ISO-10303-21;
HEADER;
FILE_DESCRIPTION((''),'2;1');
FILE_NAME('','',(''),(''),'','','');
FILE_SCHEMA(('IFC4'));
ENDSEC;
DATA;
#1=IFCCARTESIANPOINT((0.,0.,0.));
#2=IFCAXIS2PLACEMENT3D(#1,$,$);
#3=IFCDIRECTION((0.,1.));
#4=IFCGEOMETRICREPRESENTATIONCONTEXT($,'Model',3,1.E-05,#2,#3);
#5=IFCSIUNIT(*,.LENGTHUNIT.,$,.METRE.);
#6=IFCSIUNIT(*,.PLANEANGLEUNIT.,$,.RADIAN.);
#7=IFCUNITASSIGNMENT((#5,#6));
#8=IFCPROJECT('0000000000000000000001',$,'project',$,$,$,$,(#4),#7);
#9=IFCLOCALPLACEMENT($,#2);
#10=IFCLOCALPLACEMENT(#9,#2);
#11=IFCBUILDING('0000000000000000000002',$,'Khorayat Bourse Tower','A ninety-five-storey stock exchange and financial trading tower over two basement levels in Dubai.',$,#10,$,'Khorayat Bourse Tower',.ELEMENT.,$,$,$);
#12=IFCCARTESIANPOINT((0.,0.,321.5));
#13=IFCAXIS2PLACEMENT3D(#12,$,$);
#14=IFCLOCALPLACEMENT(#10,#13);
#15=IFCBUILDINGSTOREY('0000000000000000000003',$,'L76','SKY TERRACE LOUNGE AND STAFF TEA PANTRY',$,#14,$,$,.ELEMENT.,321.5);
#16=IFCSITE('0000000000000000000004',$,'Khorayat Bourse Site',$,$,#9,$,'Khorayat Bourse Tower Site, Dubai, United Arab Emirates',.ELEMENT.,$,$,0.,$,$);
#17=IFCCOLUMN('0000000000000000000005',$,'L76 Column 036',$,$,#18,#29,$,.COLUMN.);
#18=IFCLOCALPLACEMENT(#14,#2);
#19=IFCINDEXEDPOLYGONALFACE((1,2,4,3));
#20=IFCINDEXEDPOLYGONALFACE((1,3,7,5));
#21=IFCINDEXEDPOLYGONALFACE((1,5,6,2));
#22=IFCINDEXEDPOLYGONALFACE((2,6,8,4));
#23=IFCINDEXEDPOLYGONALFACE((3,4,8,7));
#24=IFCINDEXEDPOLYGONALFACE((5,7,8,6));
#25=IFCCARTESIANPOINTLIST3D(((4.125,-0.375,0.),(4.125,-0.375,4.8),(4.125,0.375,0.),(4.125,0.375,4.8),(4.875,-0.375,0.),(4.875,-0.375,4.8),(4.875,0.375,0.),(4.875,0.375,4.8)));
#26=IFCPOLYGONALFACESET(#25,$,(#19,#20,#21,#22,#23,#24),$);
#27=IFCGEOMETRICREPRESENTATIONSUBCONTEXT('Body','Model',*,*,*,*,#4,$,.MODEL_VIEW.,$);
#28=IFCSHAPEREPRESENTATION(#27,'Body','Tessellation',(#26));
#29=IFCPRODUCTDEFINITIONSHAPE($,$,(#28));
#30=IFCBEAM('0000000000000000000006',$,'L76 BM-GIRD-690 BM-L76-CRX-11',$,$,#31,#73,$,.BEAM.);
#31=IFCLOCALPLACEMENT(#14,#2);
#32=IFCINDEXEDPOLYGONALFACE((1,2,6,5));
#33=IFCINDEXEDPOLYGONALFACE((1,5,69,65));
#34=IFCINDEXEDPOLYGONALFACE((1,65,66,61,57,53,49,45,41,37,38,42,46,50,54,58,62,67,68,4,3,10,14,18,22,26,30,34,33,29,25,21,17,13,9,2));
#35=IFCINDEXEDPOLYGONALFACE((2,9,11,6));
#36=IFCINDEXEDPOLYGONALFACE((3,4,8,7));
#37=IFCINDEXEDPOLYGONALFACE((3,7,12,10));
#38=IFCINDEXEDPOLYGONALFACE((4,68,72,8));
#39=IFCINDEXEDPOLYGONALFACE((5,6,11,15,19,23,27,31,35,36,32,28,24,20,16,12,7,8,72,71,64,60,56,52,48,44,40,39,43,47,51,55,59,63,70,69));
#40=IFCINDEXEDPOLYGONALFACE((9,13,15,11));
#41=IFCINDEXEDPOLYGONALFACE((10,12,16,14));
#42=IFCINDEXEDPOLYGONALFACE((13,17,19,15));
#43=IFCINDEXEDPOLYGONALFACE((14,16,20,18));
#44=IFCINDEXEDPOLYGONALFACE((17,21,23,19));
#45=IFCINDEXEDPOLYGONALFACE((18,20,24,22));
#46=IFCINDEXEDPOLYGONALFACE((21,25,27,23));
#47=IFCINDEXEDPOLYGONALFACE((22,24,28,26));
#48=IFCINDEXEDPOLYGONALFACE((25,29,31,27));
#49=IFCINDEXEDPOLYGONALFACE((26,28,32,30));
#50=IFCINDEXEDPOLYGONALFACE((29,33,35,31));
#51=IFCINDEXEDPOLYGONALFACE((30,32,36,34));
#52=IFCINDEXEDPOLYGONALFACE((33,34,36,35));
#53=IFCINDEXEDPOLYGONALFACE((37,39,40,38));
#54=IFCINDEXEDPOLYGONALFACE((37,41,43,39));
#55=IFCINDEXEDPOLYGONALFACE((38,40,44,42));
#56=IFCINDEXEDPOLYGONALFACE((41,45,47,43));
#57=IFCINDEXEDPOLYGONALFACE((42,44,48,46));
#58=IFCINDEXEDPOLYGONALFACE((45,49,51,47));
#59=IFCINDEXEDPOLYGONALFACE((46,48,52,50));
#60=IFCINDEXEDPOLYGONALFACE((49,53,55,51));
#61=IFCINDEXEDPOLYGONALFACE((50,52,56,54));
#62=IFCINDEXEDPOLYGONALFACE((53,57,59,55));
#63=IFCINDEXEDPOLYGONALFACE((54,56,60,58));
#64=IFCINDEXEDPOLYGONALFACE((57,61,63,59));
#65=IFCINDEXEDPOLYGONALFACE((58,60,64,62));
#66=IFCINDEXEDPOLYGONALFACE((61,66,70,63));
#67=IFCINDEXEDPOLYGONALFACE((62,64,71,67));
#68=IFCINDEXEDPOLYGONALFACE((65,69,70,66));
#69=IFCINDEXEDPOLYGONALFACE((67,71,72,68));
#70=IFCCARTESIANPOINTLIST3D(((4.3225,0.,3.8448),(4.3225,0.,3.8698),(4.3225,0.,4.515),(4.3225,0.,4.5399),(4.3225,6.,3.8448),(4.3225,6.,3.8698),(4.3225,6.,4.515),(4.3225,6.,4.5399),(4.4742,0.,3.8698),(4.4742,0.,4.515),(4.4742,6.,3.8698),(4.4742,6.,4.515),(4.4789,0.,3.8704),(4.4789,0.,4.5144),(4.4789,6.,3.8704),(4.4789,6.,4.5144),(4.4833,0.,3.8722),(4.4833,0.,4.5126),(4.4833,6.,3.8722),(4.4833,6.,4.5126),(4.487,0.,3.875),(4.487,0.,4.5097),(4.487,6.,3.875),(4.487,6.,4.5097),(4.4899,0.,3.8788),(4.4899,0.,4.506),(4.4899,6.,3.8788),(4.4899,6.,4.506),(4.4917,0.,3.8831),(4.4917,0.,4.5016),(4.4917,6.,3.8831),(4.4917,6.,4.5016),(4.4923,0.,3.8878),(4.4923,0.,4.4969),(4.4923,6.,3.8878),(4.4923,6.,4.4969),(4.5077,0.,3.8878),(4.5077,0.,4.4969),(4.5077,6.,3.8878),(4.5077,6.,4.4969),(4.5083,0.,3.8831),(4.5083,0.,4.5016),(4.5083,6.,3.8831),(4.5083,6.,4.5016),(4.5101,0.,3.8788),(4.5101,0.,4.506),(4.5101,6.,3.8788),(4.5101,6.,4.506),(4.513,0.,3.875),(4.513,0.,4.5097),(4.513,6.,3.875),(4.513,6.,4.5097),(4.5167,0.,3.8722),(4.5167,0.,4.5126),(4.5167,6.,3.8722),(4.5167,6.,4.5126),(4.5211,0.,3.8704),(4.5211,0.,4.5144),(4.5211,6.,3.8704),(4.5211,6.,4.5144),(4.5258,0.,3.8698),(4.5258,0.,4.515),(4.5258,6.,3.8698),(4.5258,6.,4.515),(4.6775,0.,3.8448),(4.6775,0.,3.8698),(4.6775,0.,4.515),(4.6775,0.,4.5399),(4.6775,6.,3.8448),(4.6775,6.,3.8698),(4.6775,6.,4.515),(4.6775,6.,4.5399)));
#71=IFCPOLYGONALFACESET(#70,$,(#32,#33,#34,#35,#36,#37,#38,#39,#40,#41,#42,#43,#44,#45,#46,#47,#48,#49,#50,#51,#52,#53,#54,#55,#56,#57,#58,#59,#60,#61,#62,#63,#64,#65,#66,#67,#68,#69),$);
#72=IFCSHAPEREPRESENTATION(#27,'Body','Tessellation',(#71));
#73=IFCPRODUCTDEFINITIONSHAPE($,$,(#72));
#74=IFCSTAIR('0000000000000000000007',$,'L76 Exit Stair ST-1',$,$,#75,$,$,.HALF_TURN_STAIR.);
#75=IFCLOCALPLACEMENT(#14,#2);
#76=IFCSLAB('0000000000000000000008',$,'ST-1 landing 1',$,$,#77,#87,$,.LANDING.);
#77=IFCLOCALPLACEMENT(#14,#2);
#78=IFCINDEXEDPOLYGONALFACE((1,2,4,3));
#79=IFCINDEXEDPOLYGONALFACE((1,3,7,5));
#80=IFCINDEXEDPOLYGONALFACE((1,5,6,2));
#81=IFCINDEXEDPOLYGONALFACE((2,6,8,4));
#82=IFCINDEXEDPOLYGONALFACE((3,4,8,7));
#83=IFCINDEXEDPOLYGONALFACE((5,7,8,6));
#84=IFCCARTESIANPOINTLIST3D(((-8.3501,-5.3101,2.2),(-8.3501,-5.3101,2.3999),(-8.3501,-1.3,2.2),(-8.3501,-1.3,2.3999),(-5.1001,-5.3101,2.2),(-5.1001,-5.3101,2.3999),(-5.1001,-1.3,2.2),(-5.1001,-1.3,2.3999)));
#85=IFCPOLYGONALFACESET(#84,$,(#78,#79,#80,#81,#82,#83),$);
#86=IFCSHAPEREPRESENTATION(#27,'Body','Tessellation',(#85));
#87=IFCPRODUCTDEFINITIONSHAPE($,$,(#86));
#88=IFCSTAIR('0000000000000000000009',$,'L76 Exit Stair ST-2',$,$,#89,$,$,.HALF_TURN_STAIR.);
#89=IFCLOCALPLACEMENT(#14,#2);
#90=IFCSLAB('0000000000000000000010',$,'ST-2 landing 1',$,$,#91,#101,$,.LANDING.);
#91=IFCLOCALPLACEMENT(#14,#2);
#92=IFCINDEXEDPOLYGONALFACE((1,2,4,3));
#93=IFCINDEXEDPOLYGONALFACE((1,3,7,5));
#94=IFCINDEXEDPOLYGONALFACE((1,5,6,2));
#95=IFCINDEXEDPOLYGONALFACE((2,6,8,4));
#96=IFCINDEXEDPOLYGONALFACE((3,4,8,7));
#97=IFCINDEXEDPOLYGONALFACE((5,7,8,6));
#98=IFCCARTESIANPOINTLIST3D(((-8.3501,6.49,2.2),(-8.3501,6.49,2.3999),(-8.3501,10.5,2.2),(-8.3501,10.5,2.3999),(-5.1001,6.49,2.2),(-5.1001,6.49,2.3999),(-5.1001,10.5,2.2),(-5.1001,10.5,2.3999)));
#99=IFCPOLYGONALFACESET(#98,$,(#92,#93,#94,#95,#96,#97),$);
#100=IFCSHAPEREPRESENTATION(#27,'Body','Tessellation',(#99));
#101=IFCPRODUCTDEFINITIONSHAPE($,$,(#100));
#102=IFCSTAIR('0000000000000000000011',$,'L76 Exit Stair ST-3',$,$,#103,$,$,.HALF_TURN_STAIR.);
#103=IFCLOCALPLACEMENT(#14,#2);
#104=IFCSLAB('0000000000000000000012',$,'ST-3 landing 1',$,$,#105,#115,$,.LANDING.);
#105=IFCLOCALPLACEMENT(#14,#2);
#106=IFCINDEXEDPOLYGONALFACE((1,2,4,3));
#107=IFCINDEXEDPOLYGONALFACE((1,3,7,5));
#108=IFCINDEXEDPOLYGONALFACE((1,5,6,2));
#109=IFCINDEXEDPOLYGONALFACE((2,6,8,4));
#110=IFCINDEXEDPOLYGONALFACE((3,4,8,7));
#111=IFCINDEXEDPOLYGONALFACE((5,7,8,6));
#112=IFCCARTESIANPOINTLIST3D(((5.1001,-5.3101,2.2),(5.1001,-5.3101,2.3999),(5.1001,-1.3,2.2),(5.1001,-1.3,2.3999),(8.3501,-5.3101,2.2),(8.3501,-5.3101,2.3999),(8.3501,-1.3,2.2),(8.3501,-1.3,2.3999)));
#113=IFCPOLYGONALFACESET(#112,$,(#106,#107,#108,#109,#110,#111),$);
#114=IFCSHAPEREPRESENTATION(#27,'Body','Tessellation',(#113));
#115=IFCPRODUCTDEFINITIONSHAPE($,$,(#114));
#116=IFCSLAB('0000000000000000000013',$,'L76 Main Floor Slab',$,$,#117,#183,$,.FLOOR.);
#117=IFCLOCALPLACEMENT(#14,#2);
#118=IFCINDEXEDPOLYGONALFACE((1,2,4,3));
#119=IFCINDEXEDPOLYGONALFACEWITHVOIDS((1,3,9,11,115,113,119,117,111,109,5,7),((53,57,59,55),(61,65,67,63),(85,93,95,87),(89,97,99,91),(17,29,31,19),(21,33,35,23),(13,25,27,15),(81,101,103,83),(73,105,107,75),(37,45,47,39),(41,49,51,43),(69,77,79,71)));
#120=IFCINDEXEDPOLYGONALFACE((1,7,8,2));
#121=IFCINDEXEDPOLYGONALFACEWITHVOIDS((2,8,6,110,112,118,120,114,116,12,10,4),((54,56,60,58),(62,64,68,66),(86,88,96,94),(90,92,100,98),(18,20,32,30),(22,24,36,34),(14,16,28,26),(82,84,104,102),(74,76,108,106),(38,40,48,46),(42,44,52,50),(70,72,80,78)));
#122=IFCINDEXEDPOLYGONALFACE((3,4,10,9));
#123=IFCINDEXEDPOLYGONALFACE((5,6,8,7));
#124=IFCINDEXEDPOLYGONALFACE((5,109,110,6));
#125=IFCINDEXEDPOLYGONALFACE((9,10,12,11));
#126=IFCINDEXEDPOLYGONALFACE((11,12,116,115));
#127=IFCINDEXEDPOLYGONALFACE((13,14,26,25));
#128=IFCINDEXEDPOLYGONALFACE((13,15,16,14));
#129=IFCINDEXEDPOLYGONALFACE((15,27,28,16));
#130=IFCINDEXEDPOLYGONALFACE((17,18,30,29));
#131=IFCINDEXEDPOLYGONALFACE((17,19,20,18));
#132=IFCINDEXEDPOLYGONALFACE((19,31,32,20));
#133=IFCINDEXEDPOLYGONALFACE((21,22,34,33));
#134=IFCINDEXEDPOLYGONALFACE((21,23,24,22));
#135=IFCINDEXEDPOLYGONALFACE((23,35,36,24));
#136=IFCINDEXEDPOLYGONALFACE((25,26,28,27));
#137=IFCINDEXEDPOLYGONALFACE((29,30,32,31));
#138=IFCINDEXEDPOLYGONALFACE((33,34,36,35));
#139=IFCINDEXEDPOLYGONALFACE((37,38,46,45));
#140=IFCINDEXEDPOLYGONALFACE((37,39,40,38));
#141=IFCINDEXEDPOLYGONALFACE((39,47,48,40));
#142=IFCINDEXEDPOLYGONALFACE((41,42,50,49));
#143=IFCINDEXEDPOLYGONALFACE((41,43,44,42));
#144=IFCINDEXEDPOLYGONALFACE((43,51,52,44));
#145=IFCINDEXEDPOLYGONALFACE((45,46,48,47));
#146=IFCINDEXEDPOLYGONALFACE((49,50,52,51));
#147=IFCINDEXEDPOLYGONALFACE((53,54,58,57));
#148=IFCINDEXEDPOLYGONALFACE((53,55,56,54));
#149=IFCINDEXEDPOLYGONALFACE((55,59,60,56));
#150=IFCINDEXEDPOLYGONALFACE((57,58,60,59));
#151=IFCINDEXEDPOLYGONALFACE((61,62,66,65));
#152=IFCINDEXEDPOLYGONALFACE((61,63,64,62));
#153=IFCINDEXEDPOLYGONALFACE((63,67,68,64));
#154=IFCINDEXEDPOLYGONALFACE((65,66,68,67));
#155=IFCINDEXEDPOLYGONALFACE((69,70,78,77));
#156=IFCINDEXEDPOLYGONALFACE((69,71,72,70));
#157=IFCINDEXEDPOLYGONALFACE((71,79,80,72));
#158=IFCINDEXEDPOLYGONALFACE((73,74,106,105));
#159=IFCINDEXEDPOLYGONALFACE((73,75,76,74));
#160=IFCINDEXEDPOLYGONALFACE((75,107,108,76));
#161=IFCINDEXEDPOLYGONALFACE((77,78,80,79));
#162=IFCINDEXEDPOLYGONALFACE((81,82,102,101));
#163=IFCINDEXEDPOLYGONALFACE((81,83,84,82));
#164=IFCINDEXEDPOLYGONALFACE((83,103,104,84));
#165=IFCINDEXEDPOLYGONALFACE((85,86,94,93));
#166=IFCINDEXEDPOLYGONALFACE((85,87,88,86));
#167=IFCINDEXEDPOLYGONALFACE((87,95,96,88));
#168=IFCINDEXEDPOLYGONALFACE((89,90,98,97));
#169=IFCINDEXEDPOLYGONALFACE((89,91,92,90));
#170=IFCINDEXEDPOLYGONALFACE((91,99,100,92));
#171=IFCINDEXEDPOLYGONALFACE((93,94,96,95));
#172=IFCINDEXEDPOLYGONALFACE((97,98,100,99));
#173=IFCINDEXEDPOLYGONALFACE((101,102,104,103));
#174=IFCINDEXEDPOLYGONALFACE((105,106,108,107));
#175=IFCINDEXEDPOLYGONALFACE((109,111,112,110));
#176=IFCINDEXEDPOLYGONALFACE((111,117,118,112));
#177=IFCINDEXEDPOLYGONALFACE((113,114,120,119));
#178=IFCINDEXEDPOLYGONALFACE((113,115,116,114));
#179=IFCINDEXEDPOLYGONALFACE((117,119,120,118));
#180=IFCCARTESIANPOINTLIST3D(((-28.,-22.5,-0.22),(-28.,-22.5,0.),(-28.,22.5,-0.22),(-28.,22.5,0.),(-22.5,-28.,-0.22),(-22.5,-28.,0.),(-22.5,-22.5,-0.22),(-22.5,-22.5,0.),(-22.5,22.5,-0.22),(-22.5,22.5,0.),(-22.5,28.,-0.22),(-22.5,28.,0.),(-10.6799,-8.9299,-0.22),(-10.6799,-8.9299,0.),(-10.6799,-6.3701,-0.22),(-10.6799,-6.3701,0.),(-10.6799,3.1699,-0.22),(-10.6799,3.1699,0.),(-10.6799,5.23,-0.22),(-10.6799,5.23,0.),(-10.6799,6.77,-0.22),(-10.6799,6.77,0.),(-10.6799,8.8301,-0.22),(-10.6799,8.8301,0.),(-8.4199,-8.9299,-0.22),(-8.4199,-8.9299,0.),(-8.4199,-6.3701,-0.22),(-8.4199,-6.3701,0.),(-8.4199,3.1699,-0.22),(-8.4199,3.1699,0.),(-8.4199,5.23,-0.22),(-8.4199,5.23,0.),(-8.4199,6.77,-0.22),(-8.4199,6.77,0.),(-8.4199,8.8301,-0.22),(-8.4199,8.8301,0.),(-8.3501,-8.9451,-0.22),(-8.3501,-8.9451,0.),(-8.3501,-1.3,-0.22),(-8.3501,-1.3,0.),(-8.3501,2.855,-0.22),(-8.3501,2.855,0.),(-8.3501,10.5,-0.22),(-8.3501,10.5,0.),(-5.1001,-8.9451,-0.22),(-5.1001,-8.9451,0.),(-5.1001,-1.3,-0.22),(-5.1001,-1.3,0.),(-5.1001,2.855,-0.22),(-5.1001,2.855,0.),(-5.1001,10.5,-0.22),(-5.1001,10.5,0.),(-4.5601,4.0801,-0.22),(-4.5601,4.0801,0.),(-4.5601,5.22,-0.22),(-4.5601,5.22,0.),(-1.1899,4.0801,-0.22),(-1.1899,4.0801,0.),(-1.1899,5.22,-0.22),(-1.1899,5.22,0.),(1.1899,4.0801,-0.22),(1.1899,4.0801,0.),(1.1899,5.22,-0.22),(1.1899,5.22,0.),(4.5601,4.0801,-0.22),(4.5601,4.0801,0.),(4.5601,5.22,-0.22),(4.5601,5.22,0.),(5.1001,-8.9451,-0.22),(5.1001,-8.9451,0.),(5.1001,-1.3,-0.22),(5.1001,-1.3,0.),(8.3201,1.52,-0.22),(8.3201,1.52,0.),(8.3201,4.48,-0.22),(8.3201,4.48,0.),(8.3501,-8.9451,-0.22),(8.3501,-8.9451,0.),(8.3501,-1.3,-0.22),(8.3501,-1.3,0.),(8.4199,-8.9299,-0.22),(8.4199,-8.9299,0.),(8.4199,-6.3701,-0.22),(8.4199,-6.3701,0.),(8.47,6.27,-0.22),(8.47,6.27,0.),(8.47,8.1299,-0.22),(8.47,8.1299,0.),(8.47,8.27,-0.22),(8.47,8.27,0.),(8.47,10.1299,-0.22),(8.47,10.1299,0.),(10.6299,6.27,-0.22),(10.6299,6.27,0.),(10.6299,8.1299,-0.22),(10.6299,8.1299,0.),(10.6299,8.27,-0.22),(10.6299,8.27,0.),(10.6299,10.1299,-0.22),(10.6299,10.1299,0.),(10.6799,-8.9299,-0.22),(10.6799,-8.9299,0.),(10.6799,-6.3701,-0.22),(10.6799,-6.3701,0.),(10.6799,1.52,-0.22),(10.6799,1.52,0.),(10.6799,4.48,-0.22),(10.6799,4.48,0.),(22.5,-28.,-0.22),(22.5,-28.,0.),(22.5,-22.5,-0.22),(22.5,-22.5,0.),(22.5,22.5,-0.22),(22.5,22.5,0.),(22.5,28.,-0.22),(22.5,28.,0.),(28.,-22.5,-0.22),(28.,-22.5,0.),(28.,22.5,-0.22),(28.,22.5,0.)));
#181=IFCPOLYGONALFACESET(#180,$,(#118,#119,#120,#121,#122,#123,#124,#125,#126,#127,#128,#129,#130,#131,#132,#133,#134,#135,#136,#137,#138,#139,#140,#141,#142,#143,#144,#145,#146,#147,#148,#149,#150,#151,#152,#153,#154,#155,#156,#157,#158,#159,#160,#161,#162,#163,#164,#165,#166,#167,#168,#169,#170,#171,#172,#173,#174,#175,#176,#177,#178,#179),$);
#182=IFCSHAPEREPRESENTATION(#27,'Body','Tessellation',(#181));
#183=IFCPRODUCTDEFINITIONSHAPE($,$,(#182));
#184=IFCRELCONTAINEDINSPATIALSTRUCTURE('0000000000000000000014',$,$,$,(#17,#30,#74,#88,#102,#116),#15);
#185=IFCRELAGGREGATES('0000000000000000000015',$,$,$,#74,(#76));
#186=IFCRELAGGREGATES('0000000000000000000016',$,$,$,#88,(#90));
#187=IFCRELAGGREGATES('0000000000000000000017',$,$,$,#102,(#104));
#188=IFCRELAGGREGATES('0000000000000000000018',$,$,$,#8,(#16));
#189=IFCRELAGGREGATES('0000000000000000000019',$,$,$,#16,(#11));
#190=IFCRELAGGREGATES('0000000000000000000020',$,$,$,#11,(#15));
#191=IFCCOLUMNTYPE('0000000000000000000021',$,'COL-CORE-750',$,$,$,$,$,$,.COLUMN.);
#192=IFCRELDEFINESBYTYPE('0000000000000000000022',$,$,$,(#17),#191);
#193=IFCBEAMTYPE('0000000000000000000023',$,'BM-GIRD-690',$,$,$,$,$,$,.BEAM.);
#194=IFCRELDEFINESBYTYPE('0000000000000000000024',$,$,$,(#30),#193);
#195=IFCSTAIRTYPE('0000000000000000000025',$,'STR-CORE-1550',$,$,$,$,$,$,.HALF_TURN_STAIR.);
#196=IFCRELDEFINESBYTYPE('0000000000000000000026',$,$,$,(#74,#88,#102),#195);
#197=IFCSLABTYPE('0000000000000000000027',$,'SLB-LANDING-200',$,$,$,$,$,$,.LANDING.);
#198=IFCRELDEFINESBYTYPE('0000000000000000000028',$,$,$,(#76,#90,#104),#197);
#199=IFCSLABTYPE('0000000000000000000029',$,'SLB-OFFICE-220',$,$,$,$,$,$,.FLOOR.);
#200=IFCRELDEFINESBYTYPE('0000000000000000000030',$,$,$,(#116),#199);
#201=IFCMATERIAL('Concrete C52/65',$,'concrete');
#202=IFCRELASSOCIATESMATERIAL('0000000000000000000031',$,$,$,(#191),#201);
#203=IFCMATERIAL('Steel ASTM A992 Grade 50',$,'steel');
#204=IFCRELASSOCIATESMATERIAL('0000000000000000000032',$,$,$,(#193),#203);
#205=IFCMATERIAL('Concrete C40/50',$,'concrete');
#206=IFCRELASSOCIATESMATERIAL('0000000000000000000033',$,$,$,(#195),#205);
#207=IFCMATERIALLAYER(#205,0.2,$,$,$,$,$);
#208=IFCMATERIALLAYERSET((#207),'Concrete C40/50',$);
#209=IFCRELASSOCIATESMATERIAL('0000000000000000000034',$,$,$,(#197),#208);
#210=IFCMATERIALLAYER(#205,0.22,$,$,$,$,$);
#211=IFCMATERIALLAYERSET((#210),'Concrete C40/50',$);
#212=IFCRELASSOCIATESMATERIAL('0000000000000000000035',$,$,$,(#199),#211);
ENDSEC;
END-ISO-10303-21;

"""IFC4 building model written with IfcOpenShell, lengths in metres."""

from ifc_helpers import new_model, si_unit, direction, frame, origin, origin_2d, place, context, subcontext, project, spatial, polyline, rectangle, i_section, outline, extrude, source, transform, mapped, material, layer, layer_set, material_profile, profile_set, type_object, element, aggregate, save


model = new_model("IFC4")

# Units and contexts
model_context = context("Model", 3, precision=1e-05, world=origin(), true_north=direction((0.0, 1.0)))
body_context = subcontext(model_context, "Body", "Model", "MODEL_VIEW")
ifc_project = project(units=[si_unit("LENGTHUNIT", "METRE"), si_unit("PLANEANGLEUNIT", "RADIAN")], contexts=[model_context])

# Site, building, storey
site_placement = place(None, origin())
site = spatial("IfcSite", under=ifc_project, at=site_placement, Name="Khorayat Bourse Site", LongName="Khorayat Bourse Tower Site, Dubai, United Arab Emirates", CompositionType="ELEMENT", RefElevation=0.0)
building_placement = place(site_placement, origin())
building = spatial("IfcBuilding", under=site, at=building_placement, Name="Khorayat Bourse Tower", Description="A ninety-five-storey stock exchange and financial trading tower over two basement levels in Dubai.", LongName="Khorayat Bourse Tower", CompositionType="ELEMENT")
storey_placement = place(building_placement, frame((0.0, 0.0, 321.5)))
storey = spatial("IfcBuildingStorey", under=building, at=storey_placement, Name="L76", Description="SKY TERRACE LOUNGE AND STAFF TEA PANTRY", CompositionType="ELEMENT", Elevation=321.5)

# Column
ifc_material_1 = material(Name="Concrete C52/65", Category="concrete")
ifc_material_profile_1 = material_profile(ifc_material_1, rectangle(XDim=0.75, YDim=0.75, at=origin_2d()), Name="RC 750x750")
ifc_profile_set_1 = profile_set([ifc_material_profile_1], Name="Concrete C52/65")
column_type = type_object("IfcColumnType", Name="COL-CORE-750", PredefinedType="COLUMN", material=ifc_profile_set_1)
shared_shape_1 = source(origin(), body_context, "Body", "SweptSolid", [
    extrude(rectangle(XDim=0.75, YDim=0.75, at=origin_2d()), origin(), (0.0, 0.0, 1.0), 4.8),
])
column_placement = place(storey_placement, frame((4.5, 0.0, 0.0), z_axis=(0.0, 0.0, 1.0), x_axis=(1.0, 0.0, 0.0)))
element("IfcColumn", 1, at=column_placement, inside=storey, type_object=column_type, Name="L76 Column 036", PredefinedType="COLUMN", context=body_context, shape_type="MappedRepresentation", body=[
    mapped(shared_shape_1, transform((0.0, 0.0, 0.0), scale=1.0)),
])

# Beam
ifc_material_2 = material(Name="Steel ASTM A992 Grade 50", Category="steel")
ifc_material_profile_2 = material_profile(ifc_material_2, i_section(OverallWidth=0.355, OverallDepth=0.6951, WebThickness=0.0154, FlangeThickness=0.0249, FilletRadius=0.0181, at=origin_2d()), Name="W690X217")
ifc_profile_set_2 = profile_set([ifc_material_profile_2], Name="Steel ASTM A992 Grade 50")
beam_type = type_object("IfcBeamType", Name="BM-GIRD-690", PredefinedType="BEAM", material=ifc_profile_set_2)
shared_shape_2 = source(origin(), body_context, "Body", "SweptSolid", [
    extrude(i_section(OverallWidth=0.355, OverallDepth=0.6951, WebThickness=0.0154, FlangeThickness=0.0249, FilletRadius=0.0181, at=origin_2d()), origin(), (0.0, 0.0, 1.0), 6.0),
])
beam_placement = place(storey_placement, frame((4.5, 0.0, 4.1924), z_axis=(0.0, 1.0, 0.0), x_axis=(-1.0, 0.0, 0.0)))
element("IfcBeam", 2, at=beam_placement, inside=storey, type_object=beam_type, Name="L76 BM-GIRD-690 BM-L76-CRX-11", PredefinedType="BEAM", context=body_context, shape_type="MappedRepresentation", body=[
    mapped(shared_shape_2, transform((0.0, 0.0, 0.0), scale=1.0)),
])

# Stairs, slabs
ifc_material_3 = material(Name="Concrete C40/50", Category="concrete")
stair_type = type_object("IfcStairType", Name="STR-CORE-1550", PredefinedType="HALF_TURN_STAIR", material=ifc_material_3)
stair_1_placement = place(storey_placement, origin())
stair_1 = element("IfcStair", 3, at=stair_1_placement, inside=storey, type_object=stair_type, Name="L76 Exit Stair ST-1", PredefinedType="HALF_TURN_STAIR")
ifc_layer_1 = layer(ifc_material_3, 0.2)
ifc_layer_set_1 = layer_set([ifc_layer_1], Name="Concrete C40/50")
slab_type_1 = type_object("IfcSlabType", Name="SLB-LANDING-200", PredefinedType="LANDING", material=ifc_layer_set_1)
slab_1_placement = place(storey_placement, frame((0.0, 0.0, 2.2)))
slab_1 = element("IfcSlab", 4, at=slab_1_placement, type_object=slab_type_1, Name="ST-1 landing 1", PredefinedType="LANDING", context=body_context, shape_type="SweptSolid", body=[
    extrude(outline(polyline([(-5.1001, -5.3101), (-5.1001, -1.3), (-8.3501, -1.3), (-8.3501, -5.3101), (-5.1001, -5.3101)])), origin(), (0.0, 0.0, 1.0), 0.2),
])
aggregate(stair_1, [slab_1])
stair_2_placement = place(storey_placement, origin())
stair_2 = element("IfcStair", 5, at=stair_2_placement, inside=storey, type_object=stair_type, Name="L76 Exit Stair ST-2", PredefinedType="HALF_TURN_STAIR")
slab_2_placement = place(storey_placement, frame((0.0, 0.0, 2.2)))
slab_2 = element("IfcSlab", 6, at=slab_2_placement, type_object=slab_type_1, Name="ST-2 landing 1", PredefinedType="LANDING", context=body_context, shape_type="SweptSolid", body=[
    extrude(outline(polyline([(-5.1001, 6.49), (-5.1001, 10.5), (-8.3501, 10.5), (-8.3501, 6.49), (-5.1001, 6.49)])), origin(), (0.0, 0.0, 1.0), 0.2),
])
aggregate(stair_2, [slab_2])
stair_3_placement = place(storey_placement, origin())
stair_3 = element("IfcStair", 7, at=stair_3_placement, inside=storey, type_object=stair_type, Name="L76 Exit Stair ST-3", PredefinedType="HALF_TURN_STAIR")
slab_3_placement = place(storey_placement, frame((0.0, 0.0, 2.2)))
slab_3 = element("IfcSlab", 8, at=slab_3_placement, type_object=slab_type_1, Name="ST-3 landing 1", PredefinedType="LANDING", context=body_context, shape_type="SweptSolid", body=[
    extrude(outline(polyline([(8.3501, -5.3101), (8.3501, -1.3), (5.1001, -1.3), (5.1001, -5.3101), (8.3501, -5.3101)])), origin(), (0.0, 0.0, 1.0), 0.2),
])
aggregate(stair_3, [slab_3])

# Slab
ifc_layer_2 = layer(ifc_material_3, 0.22)
ifc_layer_set_2 = layer_set([ifc_layer_2], Name="Concrete C40/50")
slab_type_2 = type_object("IfcSlabType", Name="SLB-OFFICE-220", PredefinedType="FLOOR", material=ifc_layer_set_2)
slab_4_placement = place(storey_placement, frame((0.0, 0.0, -0.22)))
element("IfcSlab", 9, at=slab_4_placement, inside=storey, type_object=slab_type_2, Name="L76 Main Floor Slab", PredefinedType="FLOOR", context=body_context, shape_type="SweptSolid", body=[
    extrude(outline(polyline([(-22.5, -28.0), (22.5, -28.0), (22.5, -22.5), (28.0, -22.5), (28.0, 22.5), (22.5, 22.5), (22.5, 28.0), (-22.5, 28.0), (-22.5, 22.5), (-28.0, 22.5), (-28.0, -22.5), (-22.5, -22.5), (-22.5, -28.0)]), holes=[polyline([(-8.3501, -8.9451), (-5.1001, -8.9451), (-5.1001, -1.3), (-8.3501, -1.3), (-8.3501, -8.9451)]), polyline([(-8.3501, 2.855), (-5.1001, 2.855), (-5.1001, 10.5), (-8.3501, 10.5), (-8.3501, 2.855)]), polyline([(5.1001, -8.9451), (8.3501, -8.9451), (8.3501, -1.3), (5.1001, -1.3), (5.1001, -8.9451)]), polyline([(-10.6799, 3.1699), (-8.4199, 3.1699), (-8.4199, 5.23), (-10.6799, 5.23), (-10.6799, 3.1699)]), polyline([(-10.6799, 6.77), (-8.4199, 6.77), (-8.4199, 8.8301), (-10.6799, 8.8301), (-10.6799, 6.77)]), polyline([(8.47, 6.27), (10.6299, 6.27), (10.6299, 8.1299), (8.47, 8.1299), (8.47, 6.27)]), polyline([(8.47, 8.27), (10.6299, 8.27), (10.6299, 10.1299), (8.47, 10.1299), (8.47, 8.27)]), polyline([(-10.6799, -8.9299), (-8.4199, -8.9299), (-8.4199, -6.3701), (-10.6799, -6.3701), (-10.6799, -8.9299)]), polyline([(8.4199, -8.9299), (10.6799, -8.9299), (10.6799, -6.3701), (8.4199, -6.3701), (8.4199, -8.9299)]), polyline([(8.3201, 1.52), (10.6799, 1.52), (10.6799, 4.48), (8.3201, 4.48), (8.3201, 1.52)]), polyline([(-4.5601, 4.0801), (-1.1899, 4.0801), (-1.1899, 5.22), (-4.5601, 5.22), (-4.5601, 4.0801)]), polyline([(1.1899, 4.0801), (4.5601, 4.0801), (4.5601, 5.22), (1.1899, 5.22), (1.1899, 4.0801)])]), origin(), (0.0, 0.0, 1.0), 0.22),
])

save(model, "model.ifc")
